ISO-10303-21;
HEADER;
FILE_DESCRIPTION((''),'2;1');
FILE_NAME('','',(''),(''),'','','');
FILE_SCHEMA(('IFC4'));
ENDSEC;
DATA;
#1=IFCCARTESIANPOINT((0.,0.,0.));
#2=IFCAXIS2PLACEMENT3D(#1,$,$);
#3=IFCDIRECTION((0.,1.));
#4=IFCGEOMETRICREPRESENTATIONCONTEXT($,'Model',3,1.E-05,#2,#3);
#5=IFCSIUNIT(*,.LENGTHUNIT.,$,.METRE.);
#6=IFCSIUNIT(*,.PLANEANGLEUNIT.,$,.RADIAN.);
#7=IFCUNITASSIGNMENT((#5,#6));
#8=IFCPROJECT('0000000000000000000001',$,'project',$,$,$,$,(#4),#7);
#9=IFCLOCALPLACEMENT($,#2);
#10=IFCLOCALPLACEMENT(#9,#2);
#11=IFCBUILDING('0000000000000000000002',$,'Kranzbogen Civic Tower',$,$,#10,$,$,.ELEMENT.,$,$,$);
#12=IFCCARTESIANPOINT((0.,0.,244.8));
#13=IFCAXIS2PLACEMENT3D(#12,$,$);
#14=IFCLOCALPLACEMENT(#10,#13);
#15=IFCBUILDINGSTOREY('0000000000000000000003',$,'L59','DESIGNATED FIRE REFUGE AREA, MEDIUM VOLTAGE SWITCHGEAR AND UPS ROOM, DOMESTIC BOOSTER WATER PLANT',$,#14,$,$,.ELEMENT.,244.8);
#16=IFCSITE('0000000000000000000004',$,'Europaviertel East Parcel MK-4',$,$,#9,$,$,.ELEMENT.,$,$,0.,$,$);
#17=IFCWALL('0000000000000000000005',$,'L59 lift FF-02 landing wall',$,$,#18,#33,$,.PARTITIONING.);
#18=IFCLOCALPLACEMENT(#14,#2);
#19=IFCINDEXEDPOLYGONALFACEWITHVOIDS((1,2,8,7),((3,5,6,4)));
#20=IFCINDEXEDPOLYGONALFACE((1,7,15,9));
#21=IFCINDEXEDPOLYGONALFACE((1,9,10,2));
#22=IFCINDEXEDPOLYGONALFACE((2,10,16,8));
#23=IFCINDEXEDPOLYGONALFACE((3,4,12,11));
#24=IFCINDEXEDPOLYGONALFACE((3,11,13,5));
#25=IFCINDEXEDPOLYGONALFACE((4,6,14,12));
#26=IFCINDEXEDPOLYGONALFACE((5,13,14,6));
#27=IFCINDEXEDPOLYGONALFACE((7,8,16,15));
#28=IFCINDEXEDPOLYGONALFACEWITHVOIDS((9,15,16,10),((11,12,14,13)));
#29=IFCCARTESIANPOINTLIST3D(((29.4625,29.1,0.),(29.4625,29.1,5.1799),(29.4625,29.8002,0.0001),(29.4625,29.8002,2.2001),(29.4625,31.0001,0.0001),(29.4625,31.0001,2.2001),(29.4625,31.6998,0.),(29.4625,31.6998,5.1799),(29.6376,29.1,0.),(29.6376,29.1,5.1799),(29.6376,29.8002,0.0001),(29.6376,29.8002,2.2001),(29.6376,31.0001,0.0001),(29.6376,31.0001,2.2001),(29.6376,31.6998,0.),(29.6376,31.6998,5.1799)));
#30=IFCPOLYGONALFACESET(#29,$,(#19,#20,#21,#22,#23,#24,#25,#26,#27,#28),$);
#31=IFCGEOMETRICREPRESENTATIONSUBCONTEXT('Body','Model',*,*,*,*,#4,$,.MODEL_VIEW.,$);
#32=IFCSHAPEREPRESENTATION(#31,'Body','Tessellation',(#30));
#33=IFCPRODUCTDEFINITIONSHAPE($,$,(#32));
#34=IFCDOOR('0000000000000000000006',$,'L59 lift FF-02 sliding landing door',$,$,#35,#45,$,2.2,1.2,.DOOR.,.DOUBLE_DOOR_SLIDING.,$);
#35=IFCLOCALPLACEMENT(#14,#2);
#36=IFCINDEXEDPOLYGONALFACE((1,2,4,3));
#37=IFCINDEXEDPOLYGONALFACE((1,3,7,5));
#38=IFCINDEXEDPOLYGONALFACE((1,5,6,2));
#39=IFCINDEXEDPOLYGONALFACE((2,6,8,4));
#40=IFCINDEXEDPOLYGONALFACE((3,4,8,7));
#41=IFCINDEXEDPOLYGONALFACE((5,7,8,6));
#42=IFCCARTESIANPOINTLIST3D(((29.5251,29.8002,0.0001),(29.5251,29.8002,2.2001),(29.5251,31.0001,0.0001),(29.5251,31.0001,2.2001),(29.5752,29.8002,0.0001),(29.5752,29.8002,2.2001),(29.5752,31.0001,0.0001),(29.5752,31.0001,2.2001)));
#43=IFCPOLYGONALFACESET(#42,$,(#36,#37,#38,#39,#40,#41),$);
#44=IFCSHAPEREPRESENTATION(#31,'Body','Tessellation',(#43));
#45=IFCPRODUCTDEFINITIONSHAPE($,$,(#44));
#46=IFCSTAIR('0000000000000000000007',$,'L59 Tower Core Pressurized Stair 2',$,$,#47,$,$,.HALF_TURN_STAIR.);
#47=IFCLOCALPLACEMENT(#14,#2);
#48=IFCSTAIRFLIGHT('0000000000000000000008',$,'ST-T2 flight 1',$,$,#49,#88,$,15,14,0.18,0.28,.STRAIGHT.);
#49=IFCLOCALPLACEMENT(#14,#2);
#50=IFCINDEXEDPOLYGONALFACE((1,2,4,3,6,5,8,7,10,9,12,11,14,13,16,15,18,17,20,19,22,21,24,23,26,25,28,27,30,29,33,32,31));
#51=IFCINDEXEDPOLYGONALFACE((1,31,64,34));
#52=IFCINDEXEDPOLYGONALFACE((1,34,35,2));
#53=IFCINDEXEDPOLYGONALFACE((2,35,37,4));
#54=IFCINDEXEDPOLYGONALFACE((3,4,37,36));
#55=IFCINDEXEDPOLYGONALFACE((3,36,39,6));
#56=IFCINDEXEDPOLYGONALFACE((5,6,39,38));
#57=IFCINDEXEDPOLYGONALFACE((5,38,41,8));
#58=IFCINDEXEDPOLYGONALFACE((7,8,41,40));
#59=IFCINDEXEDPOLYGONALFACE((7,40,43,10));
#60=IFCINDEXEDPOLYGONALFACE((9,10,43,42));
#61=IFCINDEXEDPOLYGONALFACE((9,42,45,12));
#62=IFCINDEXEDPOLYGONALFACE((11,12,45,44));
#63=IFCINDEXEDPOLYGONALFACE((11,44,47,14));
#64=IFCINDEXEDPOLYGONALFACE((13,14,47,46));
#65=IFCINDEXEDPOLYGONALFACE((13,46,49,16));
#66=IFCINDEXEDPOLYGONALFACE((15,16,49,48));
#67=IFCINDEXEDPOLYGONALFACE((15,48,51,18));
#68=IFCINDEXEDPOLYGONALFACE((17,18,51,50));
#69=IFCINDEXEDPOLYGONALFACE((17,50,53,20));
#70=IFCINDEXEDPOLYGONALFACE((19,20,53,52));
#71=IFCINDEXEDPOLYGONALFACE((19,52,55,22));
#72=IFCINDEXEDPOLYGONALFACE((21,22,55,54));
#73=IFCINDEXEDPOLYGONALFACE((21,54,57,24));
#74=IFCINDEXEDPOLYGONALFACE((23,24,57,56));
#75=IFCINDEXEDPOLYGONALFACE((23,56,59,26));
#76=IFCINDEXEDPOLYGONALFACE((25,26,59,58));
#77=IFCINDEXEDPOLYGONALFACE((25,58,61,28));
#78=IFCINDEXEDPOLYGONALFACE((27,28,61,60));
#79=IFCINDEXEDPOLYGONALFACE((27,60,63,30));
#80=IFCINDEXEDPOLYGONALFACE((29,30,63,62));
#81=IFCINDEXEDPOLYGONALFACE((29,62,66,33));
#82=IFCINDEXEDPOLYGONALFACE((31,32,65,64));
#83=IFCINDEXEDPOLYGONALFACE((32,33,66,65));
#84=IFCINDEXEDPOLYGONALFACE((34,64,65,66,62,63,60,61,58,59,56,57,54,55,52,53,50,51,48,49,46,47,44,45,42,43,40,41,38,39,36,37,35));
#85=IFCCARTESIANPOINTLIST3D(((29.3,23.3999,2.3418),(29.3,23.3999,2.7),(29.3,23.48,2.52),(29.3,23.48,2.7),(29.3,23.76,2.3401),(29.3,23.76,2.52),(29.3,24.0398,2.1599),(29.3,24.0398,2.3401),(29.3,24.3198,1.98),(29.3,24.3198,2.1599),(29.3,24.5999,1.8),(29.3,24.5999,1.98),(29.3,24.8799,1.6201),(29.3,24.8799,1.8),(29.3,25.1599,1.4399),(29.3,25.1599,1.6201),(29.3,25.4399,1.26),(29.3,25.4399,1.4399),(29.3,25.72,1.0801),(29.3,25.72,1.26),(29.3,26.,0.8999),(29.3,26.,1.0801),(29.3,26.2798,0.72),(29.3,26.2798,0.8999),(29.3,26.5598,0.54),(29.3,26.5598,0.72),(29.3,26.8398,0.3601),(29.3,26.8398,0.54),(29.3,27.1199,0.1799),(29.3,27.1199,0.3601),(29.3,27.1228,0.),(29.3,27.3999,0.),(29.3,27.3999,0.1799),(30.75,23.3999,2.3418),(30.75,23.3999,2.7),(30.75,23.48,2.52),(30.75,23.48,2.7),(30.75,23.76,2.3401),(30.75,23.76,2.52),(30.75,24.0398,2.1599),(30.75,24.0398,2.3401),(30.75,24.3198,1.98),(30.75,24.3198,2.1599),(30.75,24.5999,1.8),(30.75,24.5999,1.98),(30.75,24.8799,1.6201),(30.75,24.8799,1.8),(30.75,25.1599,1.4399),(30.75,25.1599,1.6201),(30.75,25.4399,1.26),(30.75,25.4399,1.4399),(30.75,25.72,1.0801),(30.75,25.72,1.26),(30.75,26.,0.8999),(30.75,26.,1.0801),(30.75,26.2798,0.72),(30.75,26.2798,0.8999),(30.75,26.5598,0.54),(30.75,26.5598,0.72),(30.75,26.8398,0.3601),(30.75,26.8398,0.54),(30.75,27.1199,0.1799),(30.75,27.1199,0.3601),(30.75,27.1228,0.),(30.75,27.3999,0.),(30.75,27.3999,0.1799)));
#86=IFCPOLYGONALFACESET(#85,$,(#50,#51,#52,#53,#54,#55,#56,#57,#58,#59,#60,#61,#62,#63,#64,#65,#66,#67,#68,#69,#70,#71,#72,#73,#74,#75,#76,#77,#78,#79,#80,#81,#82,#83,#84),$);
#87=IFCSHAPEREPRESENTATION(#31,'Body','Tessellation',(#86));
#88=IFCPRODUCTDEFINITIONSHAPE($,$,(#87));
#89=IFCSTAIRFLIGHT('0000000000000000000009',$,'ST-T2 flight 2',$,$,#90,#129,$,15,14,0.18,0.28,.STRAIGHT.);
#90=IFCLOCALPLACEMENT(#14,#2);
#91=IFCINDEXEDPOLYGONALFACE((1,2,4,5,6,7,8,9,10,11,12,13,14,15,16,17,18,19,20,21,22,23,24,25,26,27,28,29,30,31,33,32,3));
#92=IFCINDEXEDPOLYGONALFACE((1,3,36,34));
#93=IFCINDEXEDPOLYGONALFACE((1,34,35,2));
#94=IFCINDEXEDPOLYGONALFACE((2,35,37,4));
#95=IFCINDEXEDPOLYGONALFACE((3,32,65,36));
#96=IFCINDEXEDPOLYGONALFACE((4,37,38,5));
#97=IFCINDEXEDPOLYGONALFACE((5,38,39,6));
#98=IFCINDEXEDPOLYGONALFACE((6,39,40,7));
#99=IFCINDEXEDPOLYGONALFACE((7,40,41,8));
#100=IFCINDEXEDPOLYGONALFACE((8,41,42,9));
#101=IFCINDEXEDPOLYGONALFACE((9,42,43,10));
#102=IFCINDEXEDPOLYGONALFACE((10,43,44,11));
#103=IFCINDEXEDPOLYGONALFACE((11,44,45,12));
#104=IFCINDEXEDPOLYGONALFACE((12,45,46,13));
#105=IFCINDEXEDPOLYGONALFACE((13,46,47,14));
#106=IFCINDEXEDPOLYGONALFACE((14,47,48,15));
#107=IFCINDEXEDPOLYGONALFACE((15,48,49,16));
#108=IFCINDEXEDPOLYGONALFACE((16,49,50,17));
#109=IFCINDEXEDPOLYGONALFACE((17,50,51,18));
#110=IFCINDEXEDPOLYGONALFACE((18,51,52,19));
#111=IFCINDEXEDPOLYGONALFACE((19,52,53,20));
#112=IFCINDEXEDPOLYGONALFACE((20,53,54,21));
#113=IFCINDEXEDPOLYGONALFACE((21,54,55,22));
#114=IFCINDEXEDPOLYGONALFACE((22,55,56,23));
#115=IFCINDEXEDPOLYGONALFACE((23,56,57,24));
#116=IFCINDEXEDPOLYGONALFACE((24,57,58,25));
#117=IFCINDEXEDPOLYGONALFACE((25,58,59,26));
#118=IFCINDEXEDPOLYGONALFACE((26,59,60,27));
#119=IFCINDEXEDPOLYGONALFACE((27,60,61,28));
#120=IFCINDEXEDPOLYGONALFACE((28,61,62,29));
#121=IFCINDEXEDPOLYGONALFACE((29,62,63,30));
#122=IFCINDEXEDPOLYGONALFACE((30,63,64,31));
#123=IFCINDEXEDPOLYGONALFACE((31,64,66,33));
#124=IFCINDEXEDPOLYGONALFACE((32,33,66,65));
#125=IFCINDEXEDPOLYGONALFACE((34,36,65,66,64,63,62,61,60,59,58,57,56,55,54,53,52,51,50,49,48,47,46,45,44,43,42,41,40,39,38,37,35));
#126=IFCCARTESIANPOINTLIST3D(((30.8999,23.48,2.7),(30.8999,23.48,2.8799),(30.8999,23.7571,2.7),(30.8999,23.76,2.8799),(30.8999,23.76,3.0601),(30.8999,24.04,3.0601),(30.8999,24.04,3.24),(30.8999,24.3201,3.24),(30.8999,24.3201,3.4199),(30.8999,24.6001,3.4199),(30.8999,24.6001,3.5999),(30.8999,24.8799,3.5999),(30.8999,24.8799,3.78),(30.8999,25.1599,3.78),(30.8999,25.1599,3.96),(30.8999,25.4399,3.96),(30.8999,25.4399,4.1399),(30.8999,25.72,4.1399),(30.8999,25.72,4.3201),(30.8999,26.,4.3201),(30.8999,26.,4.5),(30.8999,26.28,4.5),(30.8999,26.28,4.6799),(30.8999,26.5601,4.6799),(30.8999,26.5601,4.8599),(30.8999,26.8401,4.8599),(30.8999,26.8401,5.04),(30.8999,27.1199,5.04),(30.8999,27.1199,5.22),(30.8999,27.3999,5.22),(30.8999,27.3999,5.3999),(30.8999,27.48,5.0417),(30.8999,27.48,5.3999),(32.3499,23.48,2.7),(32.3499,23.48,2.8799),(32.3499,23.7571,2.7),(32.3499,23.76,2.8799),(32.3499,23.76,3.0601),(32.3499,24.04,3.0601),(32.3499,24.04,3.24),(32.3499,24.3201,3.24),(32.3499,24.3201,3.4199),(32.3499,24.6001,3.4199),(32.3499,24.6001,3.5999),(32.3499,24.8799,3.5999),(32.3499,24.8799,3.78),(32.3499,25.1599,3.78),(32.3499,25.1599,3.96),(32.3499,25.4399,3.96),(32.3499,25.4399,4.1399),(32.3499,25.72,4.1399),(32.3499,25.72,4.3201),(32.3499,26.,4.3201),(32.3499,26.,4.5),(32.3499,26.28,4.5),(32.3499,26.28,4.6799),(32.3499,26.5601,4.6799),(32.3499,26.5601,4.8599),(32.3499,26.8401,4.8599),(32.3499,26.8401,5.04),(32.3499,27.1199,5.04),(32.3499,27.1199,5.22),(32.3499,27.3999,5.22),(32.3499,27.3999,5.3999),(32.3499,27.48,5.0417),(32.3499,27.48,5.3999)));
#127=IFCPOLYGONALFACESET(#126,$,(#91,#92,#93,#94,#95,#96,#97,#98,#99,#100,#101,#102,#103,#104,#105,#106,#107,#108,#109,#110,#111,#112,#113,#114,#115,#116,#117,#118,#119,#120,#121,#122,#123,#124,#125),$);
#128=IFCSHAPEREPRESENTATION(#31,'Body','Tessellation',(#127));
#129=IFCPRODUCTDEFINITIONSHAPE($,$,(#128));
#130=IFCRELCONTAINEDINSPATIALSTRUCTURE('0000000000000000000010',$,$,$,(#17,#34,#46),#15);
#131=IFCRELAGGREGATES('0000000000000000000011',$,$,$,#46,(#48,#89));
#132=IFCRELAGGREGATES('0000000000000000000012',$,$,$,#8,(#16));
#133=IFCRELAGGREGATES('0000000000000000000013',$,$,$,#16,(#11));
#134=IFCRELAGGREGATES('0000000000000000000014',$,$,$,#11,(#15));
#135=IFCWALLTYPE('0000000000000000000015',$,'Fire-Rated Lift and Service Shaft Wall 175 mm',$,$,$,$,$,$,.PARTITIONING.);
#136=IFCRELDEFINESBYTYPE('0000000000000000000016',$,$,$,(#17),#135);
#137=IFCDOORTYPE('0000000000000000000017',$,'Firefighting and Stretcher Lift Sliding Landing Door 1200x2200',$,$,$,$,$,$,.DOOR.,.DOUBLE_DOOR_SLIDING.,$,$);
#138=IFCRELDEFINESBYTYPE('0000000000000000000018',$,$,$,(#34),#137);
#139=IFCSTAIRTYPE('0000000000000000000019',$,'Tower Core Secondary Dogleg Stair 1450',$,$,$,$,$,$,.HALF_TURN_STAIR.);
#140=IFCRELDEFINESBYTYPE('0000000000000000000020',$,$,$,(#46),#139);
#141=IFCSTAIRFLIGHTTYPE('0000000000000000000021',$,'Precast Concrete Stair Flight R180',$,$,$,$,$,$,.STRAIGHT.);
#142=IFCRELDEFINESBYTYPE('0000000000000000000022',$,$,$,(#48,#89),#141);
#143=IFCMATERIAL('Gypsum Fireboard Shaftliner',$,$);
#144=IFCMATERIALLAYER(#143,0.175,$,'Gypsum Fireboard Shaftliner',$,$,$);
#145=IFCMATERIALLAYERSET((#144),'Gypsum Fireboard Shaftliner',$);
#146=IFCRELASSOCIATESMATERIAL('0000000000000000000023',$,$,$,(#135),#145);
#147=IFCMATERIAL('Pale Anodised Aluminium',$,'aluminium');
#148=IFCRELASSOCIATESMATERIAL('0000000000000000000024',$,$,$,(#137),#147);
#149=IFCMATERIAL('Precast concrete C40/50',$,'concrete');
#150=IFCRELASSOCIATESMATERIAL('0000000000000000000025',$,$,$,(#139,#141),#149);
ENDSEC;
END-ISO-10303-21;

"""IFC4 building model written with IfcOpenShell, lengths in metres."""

from ifc_helpers import new_model, si_unit, direction, frame, frame_2d, origin, place, context, subcontext, project, spatial, polyline, rectangle, outline, extrude, material, layer, layer_set, type_object, element, fill, aggregate, save


model = new_model("IFC4")

# Units and contexts
model_context = context("Model", 3, precision=1e-05, world=origin(), true_north=direction((0.0, 1.0)))
body_context = subcontext(model_context, "Body", "Model", "MODEL_VIEW")
ifc_project = project(units=[si_unit("LENGTHUNIT", "METRE"), si_unit("PLANEANGLEUNIT", "RADIAN")], contexts=[model_context])

# Site, building, storey
site_placement = place(None, origin())
site = spatial("IfcSite", under=ifc_project, at=site_placement, Name="Europaviertel East Parcel MK-4", CompositionType="ELEMENT", RefElevation=0.0)
building_placement = place(site_placement, origin())
building = spatial("IfcBuilding", under=site, at=building_placement, Name="Kranzbogen Civic Tower", CompositionType="ELEMENT")
storey_placement = place(building_placement, frame((0.0, 0.0, 244.8)))
storey = spatial("IfcBuildingStorey", under=building, at=storey_placement, Name="L59", Description="DESIGNATED FIRE REFUGE AREA, MEDIUM VOLTAGE SWITCHGEAR AND UPS ROOM, DOMESTIC BOOSTER WATER PLANT", CompositionType="ELEMENT", Elevation=244.8)

# Shared definitions
ifc_material_1 = material(Name="Gypsum Fireboard Shaftliner")
ifc_layer_1 = layer(ifc_material_1, 0.175, Name="Gypsum Fireboard Shaftliner")
ifc_layer_set_1 = layer_set([ifc_layer_1], Name="Gypsum Fireboard Shaftliner")
wall_type_1 = type_object("IfcWallType", Name="Fire-Rated Lift and Service Shaft Wall 175 mm", PredefinedType="PARTITIONING", material=ifc_layer_set_1)
ifc_material_2 = material(Name="Pale Anodised Aluminium", Category="aluminium")

# Wall, opening, door
wall_1_placement = place(storey_placement, frame((29.55, 29.1001, 0.0), z_axis=(0.0, 0.0, 1.0), x_axis=(0.0, 1.0, 0.0)))
wall_1 = element("IfcWall", 1, at=wall_1_placement, inside=storey, type_object=wall_type_1, Name="L59 lift FF-02 landing wall", PredefinedType="PARTITIONING", context=body_context, shape_type="SweptSolid", body=[
    extrude(rectangle(XDim=2.5999, YDim=0.175, at=frame_2d((1.2998, 0.0))), origin(), (0.0, 0.0, 1.0), 5.1799),
])
opening_1_placement = place(wall_1_placement, frame((0.7, 0.0, 0.0)))
opening_1 = element("IfcOpeningElement", 2, at=opening_1_placement, cuts=wall_1, PredefinedType="OPENING", context=body_context, shape_type="SweptSolid", body=[
    extrude(rectangle(XDim=1.2, YDim=2.2, at=frame_2d((0.6001, 1.1001))), frame((0.0, 0.0977, 0.0), z_axis=(0.0, -1.0, 0.0), x_axis=(1.0, 0.0, 0.0)), (0.0, 0.0, 1.0), 0.1951),
])
door_type_1 = type_object("IfcDoorType", Name="Firefighting and Stretcher Lift Sliding Landing Door 1200x2200", OperationType="DOUBLE_DOOR_SLIDING", PredefinedType="DOOR", material=ifc_material_2)
door_1_placement = place(opening_1_placement, origin())
door_1 = element("IfcDoor", 3, at=door_1_placement, inside=storey, type_object=door_type_1, Name="L59 lift FF-02 sliding landing door", OperationType="DOUBLE_DOOR_SLIDING", OverallHeight=2.2, OverallWidth=1.2, PredefinedType="DOOR", context=body_context, shape_type="SweptSolid", body=[
    extrude(rectangle(XDim=1.2, YDim=2.2, at=frame_2d((0.6001, 1.1001))), frame((0.0, 0.0249, 0.0), z_axis=(0.0, -1.0, 0.0), x_axis=(1.0, 0.0, 0.0)), (0.0, 0.0, 1.0), 0.05),
])
fill(opening_1, door_1)

# Stair, stair flights
ifc_material_3 = material(Name="Precast concrete C40/50", Category="concrete")
stair_type = type_object("IfcStairType", Name="Tower Core Secondary Dogleg Stair 1450", PredefinedType="HALF_TURN_STAIR", material=ifc_material_3)
stair_placement = place(storey_placement, origin())
stair = element("IfcStair", 4, at=stair_placement, inside=storey, type_object=stair_type, Name="L59 Tower Core Pressurized Stair 2", PredefinedType="HALF_TURN_STAIR")
stair_flight_type = type_object("IfcStairFlightType", Name="Precast Concrete Stair Flight R180", PredefinedType="STRAIGHT", material=ifc_material_3)
stair_flight_1_placement = place(storey_placement, frame((30.0249, 27.3999, 0.0), z_axis=(0.0, 0.0, 1.0), x_axis=(0.0, -1.0, 0.0)))
stair_flight_1 = element("IfcStairFlight", 5, at=stair_flight_1_placement, type_object=stair_flight_type, Name="ST-T2 flight 1", NumberOfRisers=15, NumberOfTreads=14, PredefinedType="STRAIGHT", RiserHeight=0.18, TreadLength=0.28, context=body_context, shape_type="SweptSolid", body=[
    extrude(outline(polyline([(0.0, 0.0), (0.0, 0.1799), (0.28, 0.1799), (0.28, 0.3601), (0.5601, 0.3601), (0.5601, 0.54), (0.8401, 0.54), (0.8401, 0.72), (1.1201, 0.72), (1.1201, 0.8999), (1.3999, 0.8999), (1.3999, 1.0801), (1.6799, 1.0801), (1.6799, 1.26), (1.96, 1.26), (1.96, 1.4399), (2.24, 1.4399), (2.24, 1.6201), (2.52, 1.6201), (2.52, 1.8), (2.8, 1.8), (2.8, 1.98), (3.0801, 1.98), (3.0801, 2.1599), (3.3601, 2.1599), (3.3601, 2.3401), (3.6399, 2.3401), (3.6399, 2.52), (3.9199, 2.52), (3.9199, 2.7), (4.0, 2.7), (4.0, 2.3418), (0.2771, 0.0), (0.0, 0.0)])), frame((0.0, 0.7251, 0.0), z_axis=(0.0, -1.0, 0.0), x_axis=(1.0, 0.0, 0.0)), (0.0, 0.0, 1.0), 1.45),
])
stair_flight_2_placement = place(storey_placement, frame((31.625, 23.48, 2.7), z_axis=(0.0, 0.0, 1.0), x_axis=(0.0, 1.0, 0.0)))
stair_flight_2 = element("IfcStairFlight", 6, at=stair_flight_2_placement, type_object=stair_flight_type, Name="ST-T2 flight 2", NumberOfRisers=15, NumberOfTreads=14, PredefinedType="STRAIGHT", RiserHeight=0.18, TreadLength=0.28, context=body_context, shape_type="SweptSolid", body=[
    extrude(outline(polyline([(0.0, 0.0), (0.0, 0.1799), (0.28, 0.1799), (0.28, 0.3601), (0.5601, 0.3601), (0.5601, 0.54), (0.8401, 0.54), (0.8401, 0.72), (1.1201, 0.72), (1.1201, 0.8999), (1.3999, 0.8999), (1.3999, 1.0801), (1.6799, 1.0801), (1.6799, 1.26), (1.96, 1.26), (1.96, 1.4399), (2.24, 1.4399), (2.24, 1.6201), (2.52, 1.6201), (2.52, 1.8), (2.8, 1.8), (2.8, 1.98), (3.0801, 1.98), (3.0801, 2.1599), (3.3601, 2.1599), (3.3601, 2.3401), (3.6399, 2.3401), (3.6399, 2.52), (3.9199, 2.52), (3.9199, 2.7), (4.0, 2.7), (4.0, 2.3418), (0.2771, 0.0), (0.0, 0.0)])), frame((0.0, 0.7251, 0.0), z_axis=(0.0, -1.0, 0.0), x_axis=(1.0, 0.0, 0.0)), (0.0, 0.0, 1.0), 1.45),
])
aggregate(stair, [stair_flight_1, stair_flight_2])

save(model, "model.ifc")
